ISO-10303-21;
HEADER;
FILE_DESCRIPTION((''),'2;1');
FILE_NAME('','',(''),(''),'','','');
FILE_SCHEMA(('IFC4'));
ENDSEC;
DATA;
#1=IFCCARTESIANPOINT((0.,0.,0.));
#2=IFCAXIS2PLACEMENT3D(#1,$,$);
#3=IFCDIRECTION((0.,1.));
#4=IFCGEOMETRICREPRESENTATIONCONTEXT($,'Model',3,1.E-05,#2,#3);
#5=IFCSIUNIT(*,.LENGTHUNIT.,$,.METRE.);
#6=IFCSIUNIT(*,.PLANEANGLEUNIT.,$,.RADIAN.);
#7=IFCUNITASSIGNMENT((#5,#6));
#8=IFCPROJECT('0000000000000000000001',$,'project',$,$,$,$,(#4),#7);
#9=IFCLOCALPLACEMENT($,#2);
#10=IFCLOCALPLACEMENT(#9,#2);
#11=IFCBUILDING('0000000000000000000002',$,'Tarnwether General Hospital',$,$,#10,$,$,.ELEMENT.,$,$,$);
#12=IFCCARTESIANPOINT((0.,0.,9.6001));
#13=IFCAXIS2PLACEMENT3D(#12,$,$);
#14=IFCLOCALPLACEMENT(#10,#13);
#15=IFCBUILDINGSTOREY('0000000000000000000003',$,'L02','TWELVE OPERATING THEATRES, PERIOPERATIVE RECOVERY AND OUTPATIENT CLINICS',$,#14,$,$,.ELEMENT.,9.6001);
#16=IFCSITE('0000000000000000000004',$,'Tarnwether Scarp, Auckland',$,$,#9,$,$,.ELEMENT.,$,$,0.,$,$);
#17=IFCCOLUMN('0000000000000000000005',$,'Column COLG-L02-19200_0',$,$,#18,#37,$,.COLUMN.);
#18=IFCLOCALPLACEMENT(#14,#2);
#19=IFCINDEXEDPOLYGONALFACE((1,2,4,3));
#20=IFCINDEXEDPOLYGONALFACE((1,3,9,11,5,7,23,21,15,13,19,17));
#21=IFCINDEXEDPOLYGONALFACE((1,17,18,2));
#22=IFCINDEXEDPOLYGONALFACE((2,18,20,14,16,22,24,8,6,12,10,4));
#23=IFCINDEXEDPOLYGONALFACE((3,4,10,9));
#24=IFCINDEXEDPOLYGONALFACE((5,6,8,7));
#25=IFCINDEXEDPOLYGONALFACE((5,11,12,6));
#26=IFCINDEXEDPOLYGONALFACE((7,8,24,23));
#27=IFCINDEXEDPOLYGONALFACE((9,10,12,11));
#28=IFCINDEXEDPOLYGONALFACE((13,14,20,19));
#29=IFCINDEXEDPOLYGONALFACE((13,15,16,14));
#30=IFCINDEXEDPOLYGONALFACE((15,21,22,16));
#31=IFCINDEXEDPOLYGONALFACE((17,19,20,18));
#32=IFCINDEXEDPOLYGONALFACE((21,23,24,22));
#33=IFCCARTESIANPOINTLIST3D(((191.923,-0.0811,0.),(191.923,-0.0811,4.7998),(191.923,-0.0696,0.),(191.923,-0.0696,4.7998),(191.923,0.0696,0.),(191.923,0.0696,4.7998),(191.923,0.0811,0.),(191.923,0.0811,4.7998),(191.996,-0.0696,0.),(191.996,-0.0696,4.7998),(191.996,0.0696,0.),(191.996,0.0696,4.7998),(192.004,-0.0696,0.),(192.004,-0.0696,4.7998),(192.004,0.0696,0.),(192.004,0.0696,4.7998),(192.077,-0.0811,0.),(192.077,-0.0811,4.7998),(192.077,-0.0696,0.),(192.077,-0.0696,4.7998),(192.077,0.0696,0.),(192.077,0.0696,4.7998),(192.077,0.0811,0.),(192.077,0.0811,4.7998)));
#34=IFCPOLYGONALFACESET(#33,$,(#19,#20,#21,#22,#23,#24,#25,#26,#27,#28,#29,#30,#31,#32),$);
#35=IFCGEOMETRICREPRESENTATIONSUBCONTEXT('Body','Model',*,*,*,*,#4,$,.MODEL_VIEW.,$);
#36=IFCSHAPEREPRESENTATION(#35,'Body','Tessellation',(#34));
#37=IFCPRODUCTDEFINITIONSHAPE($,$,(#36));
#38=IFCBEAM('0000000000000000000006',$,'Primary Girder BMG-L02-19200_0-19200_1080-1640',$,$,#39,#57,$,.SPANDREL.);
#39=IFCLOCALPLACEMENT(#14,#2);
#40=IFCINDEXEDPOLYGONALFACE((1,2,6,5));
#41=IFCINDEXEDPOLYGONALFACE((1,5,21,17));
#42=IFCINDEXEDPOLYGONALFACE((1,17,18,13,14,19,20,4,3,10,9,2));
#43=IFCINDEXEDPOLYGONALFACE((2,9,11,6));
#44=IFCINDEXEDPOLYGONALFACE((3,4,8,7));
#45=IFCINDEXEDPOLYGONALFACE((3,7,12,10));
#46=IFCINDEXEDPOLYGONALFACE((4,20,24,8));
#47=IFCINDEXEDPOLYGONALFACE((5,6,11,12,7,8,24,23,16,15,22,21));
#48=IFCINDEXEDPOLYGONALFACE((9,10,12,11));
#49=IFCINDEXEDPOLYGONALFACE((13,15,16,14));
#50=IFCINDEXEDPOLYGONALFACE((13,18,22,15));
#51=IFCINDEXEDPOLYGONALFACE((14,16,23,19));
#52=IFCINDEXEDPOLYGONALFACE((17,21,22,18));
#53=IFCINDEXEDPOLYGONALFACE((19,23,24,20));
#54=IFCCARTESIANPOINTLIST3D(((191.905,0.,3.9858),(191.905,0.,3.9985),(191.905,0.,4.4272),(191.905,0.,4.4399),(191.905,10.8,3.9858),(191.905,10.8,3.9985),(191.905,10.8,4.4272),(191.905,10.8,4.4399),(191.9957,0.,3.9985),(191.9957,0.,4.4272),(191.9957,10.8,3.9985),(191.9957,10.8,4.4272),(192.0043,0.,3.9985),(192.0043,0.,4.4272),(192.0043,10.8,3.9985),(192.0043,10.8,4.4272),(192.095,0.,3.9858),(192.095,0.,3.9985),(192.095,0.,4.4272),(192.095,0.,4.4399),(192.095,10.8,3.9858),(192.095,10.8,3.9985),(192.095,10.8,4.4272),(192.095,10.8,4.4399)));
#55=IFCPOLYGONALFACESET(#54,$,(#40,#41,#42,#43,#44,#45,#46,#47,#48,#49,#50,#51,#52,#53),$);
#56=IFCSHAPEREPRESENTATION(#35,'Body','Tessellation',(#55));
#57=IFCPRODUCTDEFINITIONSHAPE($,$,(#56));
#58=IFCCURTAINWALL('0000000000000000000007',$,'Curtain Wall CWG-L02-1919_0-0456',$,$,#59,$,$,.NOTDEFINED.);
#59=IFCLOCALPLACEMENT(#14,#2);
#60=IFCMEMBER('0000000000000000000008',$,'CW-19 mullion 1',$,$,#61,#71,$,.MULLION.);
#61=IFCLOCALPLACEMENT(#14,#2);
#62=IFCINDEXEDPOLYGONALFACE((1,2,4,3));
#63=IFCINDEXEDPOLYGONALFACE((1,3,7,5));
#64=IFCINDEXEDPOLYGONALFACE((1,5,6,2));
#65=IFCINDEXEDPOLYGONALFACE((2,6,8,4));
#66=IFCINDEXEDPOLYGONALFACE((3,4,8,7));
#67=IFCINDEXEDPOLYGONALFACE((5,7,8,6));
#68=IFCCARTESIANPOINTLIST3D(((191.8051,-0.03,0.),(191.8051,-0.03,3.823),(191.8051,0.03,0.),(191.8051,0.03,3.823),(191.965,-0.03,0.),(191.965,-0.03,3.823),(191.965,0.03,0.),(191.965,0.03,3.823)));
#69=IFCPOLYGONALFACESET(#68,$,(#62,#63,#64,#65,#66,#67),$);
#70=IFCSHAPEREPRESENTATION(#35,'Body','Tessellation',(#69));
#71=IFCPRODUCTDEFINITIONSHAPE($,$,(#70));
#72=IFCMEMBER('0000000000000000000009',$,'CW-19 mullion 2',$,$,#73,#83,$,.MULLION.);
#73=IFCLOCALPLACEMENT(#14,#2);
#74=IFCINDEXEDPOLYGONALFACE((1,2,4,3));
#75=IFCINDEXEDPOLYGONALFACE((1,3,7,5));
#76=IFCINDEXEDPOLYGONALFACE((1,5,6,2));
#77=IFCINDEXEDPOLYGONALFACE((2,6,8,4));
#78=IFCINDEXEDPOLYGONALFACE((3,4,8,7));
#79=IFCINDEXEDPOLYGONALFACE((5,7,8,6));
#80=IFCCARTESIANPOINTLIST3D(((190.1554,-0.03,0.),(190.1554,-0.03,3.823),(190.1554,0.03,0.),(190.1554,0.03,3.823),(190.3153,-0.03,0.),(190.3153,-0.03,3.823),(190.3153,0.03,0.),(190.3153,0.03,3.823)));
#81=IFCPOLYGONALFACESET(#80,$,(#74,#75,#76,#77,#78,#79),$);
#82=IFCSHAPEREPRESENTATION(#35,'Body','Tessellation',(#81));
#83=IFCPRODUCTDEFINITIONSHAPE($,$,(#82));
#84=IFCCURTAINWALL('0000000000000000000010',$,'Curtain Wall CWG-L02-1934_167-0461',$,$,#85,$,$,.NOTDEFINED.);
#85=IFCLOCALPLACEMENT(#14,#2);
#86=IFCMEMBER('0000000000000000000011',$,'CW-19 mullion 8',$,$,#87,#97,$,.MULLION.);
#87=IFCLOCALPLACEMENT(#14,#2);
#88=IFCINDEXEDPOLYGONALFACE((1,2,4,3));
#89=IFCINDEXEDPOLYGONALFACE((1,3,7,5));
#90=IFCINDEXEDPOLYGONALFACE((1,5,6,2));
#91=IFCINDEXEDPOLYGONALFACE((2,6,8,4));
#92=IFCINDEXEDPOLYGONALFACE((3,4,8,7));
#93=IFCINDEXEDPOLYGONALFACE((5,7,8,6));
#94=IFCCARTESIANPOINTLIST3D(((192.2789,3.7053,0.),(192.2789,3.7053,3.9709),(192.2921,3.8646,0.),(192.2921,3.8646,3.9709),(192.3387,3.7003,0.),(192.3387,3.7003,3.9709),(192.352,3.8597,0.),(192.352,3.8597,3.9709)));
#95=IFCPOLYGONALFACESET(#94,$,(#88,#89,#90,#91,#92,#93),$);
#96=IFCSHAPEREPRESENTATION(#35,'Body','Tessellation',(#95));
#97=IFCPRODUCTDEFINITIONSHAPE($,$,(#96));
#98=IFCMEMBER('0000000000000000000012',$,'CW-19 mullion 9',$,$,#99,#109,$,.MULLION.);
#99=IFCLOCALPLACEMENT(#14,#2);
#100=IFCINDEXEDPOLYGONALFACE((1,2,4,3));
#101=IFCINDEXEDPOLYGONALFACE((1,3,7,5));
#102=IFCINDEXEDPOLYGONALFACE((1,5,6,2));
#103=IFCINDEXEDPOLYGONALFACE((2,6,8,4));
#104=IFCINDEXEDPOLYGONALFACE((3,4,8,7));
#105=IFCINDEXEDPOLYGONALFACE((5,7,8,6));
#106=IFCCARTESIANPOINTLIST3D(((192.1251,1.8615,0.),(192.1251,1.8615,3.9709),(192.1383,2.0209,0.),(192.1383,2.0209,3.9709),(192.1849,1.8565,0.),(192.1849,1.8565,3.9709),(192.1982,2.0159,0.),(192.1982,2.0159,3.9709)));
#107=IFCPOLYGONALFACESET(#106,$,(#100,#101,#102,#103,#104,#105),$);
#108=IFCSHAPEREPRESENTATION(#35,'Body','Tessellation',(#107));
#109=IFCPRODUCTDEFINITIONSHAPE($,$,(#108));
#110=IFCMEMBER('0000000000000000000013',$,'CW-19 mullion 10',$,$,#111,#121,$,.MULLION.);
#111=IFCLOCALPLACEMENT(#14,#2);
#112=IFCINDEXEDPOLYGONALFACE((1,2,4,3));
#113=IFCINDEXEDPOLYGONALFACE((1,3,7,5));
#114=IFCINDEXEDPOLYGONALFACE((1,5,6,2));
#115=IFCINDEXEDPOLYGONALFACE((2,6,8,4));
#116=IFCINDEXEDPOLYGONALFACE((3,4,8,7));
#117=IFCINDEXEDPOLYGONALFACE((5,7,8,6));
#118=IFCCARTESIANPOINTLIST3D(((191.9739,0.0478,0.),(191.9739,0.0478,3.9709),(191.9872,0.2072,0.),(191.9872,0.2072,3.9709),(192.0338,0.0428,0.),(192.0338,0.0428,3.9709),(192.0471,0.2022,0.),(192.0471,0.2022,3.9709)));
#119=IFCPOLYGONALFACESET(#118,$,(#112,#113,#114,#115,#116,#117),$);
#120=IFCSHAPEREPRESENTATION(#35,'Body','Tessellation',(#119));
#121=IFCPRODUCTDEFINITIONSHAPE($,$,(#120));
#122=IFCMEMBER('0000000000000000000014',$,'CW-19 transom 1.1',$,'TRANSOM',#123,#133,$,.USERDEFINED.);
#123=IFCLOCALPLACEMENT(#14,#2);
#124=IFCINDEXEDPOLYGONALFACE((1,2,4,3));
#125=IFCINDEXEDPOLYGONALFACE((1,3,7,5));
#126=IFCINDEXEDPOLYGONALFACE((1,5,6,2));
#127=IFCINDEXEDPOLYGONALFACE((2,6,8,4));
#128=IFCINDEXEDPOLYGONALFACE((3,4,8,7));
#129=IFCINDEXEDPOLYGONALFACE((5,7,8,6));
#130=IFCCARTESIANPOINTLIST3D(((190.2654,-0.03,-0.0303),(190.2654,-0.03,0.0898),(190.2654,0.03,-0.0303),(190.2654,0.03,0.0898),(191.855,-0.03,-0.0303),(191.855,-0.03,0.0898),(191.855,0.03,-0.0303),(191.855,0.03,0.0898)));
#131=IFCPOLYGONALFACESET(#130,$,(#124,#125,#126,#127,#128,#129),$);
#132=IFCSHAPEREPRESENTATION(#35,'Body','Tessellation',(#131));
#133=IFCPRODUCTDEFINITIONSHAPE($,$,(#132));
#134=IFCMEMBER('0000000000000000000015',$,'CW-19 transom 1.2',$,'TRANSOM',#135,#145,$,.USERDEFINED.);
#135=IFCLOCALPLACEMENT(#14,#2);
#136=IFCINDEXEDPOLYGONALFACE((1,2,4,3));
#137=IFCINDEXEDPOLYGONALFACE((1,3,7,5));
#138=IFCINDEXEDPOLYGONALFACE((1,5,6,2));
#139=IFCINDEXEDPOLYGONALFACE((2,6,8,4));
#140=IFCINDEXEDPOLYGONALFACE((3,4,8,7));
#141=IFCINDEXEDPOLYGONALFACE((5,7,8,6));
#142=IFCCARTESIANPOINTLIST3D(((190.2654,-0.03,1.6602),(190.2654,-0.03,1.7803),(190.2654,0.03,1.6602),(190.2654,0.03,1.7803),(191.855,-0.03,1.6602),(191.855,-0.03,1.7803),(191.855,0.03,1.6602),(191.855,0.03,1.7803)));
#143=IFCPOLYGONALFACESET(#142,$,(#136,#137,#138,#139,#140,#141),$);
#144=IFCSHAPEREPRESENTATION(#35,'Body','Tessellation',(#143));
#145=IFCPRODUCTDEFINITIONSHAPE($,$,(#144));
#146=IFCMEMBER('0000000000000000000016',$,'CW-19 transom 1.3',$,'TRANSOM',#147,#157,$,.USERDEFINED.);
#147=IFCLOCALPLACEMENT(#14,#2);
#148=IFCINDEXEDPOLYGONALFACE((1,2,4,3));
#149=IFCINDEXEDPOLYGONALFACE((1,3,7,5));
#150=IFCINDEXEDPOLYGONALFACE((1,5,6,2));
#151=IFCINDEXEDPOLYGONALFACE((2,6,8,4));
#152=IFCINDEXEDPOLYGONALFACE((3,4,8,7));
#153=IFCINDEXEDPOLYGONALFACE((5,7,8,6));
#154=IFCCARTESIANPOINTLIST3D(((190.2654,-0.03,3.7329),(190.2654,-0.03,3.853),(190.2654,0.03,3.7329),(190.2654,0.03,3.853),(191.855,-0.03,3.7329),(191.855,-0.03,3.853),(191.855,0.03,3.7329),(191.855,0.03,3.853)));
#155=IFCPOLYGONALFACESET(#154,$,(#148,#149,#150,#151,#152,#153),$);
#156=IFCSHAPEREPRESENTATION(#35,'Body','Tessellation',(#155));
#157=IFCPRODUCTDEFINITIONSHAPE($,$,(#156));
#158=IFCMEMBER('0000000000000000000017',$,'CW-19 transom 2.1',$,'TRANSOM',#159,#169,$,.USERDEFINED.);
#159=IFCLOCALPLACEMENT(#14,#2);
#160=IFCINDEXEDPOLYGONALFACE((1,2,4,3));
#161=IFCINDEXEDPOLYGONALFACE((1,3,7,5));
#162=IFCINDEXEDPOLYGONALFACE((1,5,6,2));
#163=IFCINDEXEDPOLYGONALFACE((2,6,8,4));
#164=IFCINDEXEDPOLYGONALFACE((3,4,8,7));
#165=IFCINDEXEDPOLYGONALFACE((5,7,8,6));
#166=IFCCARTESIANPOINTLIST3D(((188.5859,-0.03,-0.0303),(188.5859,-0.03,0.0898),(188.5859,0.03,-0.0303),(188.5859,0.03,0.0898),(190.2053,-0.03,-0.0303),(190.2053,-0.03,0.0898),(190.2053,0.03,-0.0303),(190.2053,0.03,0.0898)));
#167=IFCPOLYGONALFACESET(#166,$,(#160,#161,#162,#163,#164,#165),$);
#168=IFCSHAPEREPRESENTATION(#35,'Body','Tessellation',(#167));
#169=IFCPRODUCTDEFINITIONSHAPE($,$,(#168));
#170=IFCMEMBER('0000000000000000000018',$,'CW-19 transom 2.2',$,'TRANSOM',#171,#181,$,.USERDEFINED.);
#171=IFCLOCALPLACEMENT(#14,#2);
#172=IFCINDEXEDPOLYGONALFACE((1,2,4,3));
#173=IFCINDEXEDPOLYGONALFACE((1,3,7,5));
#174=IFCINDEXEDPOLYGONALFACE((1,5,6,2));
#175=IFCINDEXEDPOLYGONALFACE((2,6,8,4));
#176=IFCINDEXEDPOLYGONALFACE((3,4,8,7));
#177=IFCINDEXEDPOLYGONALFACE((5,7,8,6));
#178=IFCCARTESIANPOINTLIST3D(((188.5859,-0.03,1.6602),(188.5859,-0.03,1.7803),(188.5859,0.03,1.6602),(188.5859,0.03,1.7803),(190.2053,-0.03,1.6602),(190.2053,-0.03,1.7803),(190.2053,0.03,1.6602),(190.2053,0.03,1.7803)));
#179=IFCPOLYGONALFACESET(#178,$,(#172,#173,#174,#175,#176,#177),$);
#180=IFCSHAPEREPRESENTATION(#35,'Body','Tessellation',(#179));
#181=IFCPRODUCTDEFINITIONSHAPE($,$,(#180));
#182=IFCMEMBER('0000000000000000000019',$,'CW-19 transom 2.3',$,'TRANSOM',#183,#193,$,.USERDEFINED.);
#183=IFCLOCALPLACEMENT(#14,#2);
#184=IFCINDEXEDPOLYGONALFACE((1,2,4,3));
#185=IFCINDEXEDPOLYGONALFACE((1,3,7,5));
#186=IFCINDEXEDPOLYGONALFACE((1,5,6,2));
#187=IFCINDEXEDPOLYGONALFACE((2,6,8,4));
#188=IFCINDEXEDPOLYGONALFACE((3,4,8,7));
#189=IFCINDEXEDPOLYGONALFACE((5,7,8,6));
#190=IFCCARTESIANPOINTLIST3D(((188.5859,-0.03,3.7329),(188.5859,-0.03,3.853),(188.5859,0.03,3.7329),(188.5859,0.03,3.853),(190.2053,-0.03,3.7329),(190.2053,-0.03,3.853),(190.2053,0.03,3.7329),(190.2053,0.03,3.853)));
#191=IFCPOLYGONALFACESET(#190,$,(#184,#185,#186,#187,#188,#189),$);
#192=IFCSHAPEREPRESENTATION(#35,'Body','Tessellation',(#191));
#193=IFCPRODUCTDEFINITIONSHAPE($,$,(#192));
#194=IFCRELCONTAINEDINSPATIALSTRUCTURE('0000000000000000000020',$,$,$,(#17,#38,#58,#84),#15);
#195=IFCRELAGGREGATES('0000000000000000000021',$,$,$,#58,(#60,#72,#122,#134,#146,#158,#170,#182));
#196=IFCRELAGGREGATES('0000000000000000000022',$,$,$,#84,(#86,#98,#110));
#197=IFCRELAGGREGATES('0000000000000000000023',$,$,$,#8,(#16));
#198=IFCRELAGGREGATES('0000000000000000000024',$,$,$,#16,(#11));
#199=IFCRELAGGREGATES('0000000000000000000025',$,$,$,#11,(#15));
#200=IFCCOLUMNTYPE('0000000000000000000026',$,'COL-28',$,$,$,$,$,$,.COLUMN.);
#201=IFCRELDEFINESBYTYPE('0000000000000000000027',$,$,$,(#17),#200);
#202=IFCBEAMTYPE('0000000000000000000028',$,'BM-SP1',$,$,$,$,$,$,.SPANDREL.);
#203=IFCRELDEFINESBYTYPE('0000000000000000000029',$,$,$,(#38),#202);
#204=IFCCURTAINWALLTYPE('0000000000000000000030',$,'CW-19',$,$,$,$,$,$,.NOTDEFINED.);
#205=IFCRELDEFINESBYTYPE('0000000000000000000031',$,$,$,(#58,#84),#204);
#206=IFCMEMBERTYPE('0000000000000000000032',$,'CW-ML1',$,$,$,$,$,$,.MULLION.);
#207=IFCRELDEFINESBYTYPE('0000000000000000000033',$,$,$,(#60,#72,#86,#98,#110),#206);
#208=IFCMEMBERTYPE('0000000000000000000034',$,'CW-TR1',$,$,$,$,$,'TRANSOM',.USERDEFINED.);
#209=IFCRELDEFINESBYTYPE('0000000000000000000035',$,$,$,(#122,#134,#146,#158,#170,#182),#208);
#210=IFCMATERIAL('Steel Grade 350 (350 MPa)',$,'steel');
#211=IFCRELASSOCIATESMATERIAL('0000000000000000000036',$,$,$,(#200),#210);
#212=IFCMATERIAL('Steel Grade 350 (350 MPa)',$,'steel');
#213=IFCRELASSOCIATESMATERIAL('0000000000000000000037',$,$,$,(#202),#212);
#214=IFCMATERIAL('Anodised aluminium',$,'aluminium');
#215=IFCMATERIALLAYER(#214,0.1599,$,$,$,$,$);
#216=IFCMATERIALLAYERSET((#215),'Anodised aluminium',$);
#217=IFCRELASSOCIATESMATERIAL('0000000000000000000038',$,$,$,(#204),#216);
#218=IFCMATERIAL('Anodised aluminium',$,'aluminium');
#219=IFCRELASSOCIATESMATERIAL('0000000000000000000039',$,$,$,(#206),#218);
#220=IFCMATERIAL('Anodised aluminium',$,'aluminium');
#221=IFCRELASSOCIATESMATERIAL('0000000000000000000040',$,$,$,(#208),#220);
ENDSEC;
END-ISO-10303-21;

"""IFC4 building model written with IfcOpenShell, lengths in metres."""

from ifc_helpers import new_model, si_unit, direction, frame, origin, origin_2d, place, context, subcontext, project, spatial, rectangle, i_section, extrude, material, layer, layer_set, material_profile, profile_set, type_object, element, aggregate, save


model = new_model("IFC4")

# Units and contexts
model_context = context("Model", 3, precision=1e-05, world=origin(), true_north=direction((0.0, 1.0)))
body_context = subcontext(model_context, "Body", "Model", "MODEL_VIEW")
ifc_project = project(units=[si_unit("LENGTHUNIT", "METRE"), si_unit("PLANEANGLEUNIT", "RADIAN")], contexts=[model_context])

# Site, building, storey
site_placement = place(None, origin())
site = spatial("IfcSite", under=ifc_project, at=site_placement, Name="Tarnwether Scarp, Auckland", CompositionType="ELEMENT", RefElevation=0.0)
building_placement = place(site_placement, origin())
building = spatial("IfcBuilding", under=site, at=building_placement, Name="Tarnwether General Hospital", CompositionType="ELEMENT")
storey_placement = place(building_placement, frame((0.0, 0.0, 9.6001)))
storey = spatial("IfcBuildingStorey", under=building, at=storey_placement, Name="L02", Description="TWELVE OPERATING THEATRES, PERIOPERATIVE RECOVERY AND OUTPATIENT CLINICS", CompositionType="ELEMENT", Elevation=9.6001)

# Column
ifc_material_1 = material(Name="Steel Grade 350 (350 MPa)", Category="steel")
ifc_material_profile_1 = material_profile(ifc_material_1, i_section(OverallWidth=0.1541, OverallDepth=0.1621, WebThickness=0.0081, FlangeThickness=0.0115, at=origin_2d()), Name="150UC37.2")
ifc_profile_set_1 = profile_set([ifc_material_profile_1], Name="Steel Grade 350 (350 MPa)")
column_type = type_object("IfcColumnType", Name="COL-28", PredefinedType="COLUMN", material=ifc_profile_set_1)
column_placement = place(storey_placement, frame((192.0, 0.0, 0.0), z_axis=(0.0, 0.0, 1.0), x_axis=(1.0, 0.0, 0.0)))
element("IfcColumn", 1, at=column_placement, inside=storey, type_object=column_type, Name="Column COLG-L02-19200_0", PredefinedType="COLUMN", context=body_context, shape_type="SweptSolid", body=[
    extrude(i_section(OverallWidth=0.1541, OverallDepth=0.1621, WebThickness=0.0081, FlangeThickness=0.0115, at=origin_2d()), origin(), (0.0, 0.0, 1.0), 4.7998),
])

# Beam
ifc_material_2 = material(Name="Steel Grade 350 (350 MPa)", Category="steel")
ifc_material_profile_2 = material_profile(ifc_material_2, i_section(OverallWidth=0.1899, OverallDepth=0.4541, WebThickness=0.0085, FlangeThickness=0.0127, at=origin_2d()), Name="460UB67.1")
ifc_profile_set_2 = profile_set([ifc_material_profile_2], Name="Steel Grade 350 (350 MPa)")
beam_type = type_object("IfcBeamType", Name="BM-SP1", PredefinedType="SPANDREL", material=ifc_profile_set_2)
beam_placement = place(storey_placement, frame((192.0, 0.0, 4.2129), z_axis=(0.0, 1.0, 0.0), x_axis=(-1.0, 0.0, 0.0)))
element("IfcBeam", 2, at=beam_placement, inside=storey, type_object=beam_type, Name="Primary Girder BMG-L02-19200_0-19200_1080-1640", PredefinedType="SPANDREL", context=body_context, shape_type="SweptSolid", body=[
    extrude(i_section(OverallWidth=0.1899, OverallDepth=0.4541, WebThickness=0.0085, FlangeThickness=0.0127, at=origin_2d()), origin(), (0.0, 0.0, 1.0), 10.8),
])

# Curtain walls, members
ifc_material_3 = material(Name="Anodised aluminium", Category="aluminium")
ifc_layer_1 = layer(ifc_material_3, 0.1599)
ifc_layer_set_1 = layer_set([ifc_layer_1], Name="Anodised aluminium")
curtain_wall_type = type_object("IfcCurtainWallType", Name="CW-19", PredefinedType="NOTDEFINED", material=ifc_layer_set_1)
curtain_wall_1_placement = place(storey_placement, origin())
curtain_wall_1 = element("IfcCurtainWall", 3, at=curtain_wall_1_placement, inside=storey, type_object=curtain_wall_type, Name="Curtain Wall CWG-L02-1919_0-0456", PredefinedType="NOTDEFINED")
ifc_material_4 = material(Name="Anodised aluminium", Category="aluminium")
ifc_material_profile_3 = material_profile(ifc_material_4, rectangle(XDim=0.0601, YDim=0.1599, at=origin_2d()), Name="ALU-MUL-60x160")
ifc_profile_set_3 = profile_set([ifc_material_profile_3], Name="Anodised aluminium")
member_type_1 = type_object("IfcMemberType", Name="CW-ML1", PredefinedType="MULLION", material=ifc_profile_set_3)
member_1_placement = place(storey_placement, frame((191.885, 0.0, 0.0), z_axis=(0.0, 0.0, 1.0), x_axis=(0.0, -1.0, 0.0)))
member_1 = element("IfcMember", 4, at=member_1_placement, type_object=member_type_1, Name="CW-19 mullion 1", PredefinedType="MULLION", context=body_context, shape_type="SweptSolid", body=[
    extrude(rectangle(XDim=0.0601, YDim=0.1599, at=origin_2d()), origin(), (0.0, 0.0, 1.0), 3.823),
])
member_2_placement = place(storey_placement, frame((190.2354, 0.0, 0.0), z_axis=(0.0, 0.0, 1.0), x_axis=(0.0, -1.0, 0.0)))
member_2 = element("IfcMember", 5, at=member_2_placement, type_object=member_type_1, Name="CW-19 mullion 2", PredefinedType="MULLION", context=body_context, shape_type="SweptSolid", body=[
    extrude(rectangle(XDim=0.0601, YDim=0.1599, at=origin_2d()), origin(), (0.0, 0.0, 1.0), 3.823),
])
curtain_wall_2_placement = place(storey_placement, origin())
curtain_wall_2 = element("IfcCurtainWall", 6, at=curtain_wall_2_placement, inside=storey, type_object=curtain_wall_type, Name="Curtain Wall CWG-L02-1934_167-0461", PredefinedType="NOTDEFINED")
member_3_placement = place(storey_placement, frame((192.3154, 3.7825, 0.0), z_axis=(0.0, 0.0, 1.0), x_axis=(0.996545, -0.083055, 0.0)))
member_3 = element("IfcMember", 7, at=member_3_placement, type_object=member_type_1, Name="CW-19 mullion 8", PredefinedType="MULLION", context=body_context, shape_type="SweptSolid", body=[
    extrude(rectangle(XDim=0.0601, YDim=0.1599, at=origin_2d()), origin(), (0.0, 0.0, 1.0), 3.9709),
])
member_4_placement = place(storey_placement, frame((192.1616, 1.9387, 0.0), z_axis=(0.0, 0.0, 1.0), x_axis=(0.996545, -0.083055, 0.0)))
member_4 = element("IfcMember", 8, at=member_4_placement, type_object=member_type_1, Name="CW-19 mullion 9", PredefinedType="MULLION", context=body_context, shape_type="SweptSolid", body=[
    extrude(rectangle(XDim=0.0601, YDim=0.1599, at=origin_2d()), origin(), (0.0, 0.0, 1.0), 3.9709),
])
member_5_placement = place(storey_placement, frame((192.0105, 0.125, 0.0), z_axis=(0.0, 0.0, 1.0), x_axis=(0.996545, -0.083055, 0.0)))
member_5 = element("IfcMember", 9, at=member_5_placement, type_object=member_type_1, Name="CW-19 mullion 10", PredefinedType="MULLION", context=body_context, shape_type="SweptSolid", body=[
    extrude(rectangle(XDim=0.0601, YDim=0.1599, at=origin_2d()), origin(), (0.0, 0.0, 1.0), 3.9709),
])

# Members
ifc_material_5 = material(Name="Anodised aluminium", Category="aluminium")
ifc_material_profile_4 = material_profile(ifc_material_5, rectangle(XDim=0.0601, YDim=0.1201, at=origin_2d()), Name="ALU-TRN-60x120")
ifc_profile_set_4 = profile_set([ifc_material_profile_4], Name="Anodised aluminium")
member_type_2 = type_object("IfcMemberType", Name="CW-TR1", ElementType="TRANSOM", PredefinedType="USERDEFINED", material=ifc_profile_set_4)
member_6_placement = place(storey_placement, frame((191.855, 0.0, 0.0298), z_axis=(-1.0, 0.0, 0.0), x_axis=(0.0, -1.0, 0.0)))
member_6 = element("IfcMember", 10, at=member_6_placement, type_object=member_type_2, Name="CW-19 transom 1.1", ObjectType="TRANSOM", PredefinedType="USERDEFINED", context=body_context, shape_type="SweptSolid", body=[
    extrude(rectangle(XDim=0.0601, YDim=0.1201, at=origin_2d()), origin(), (0.0, 0.0, 1.0), 1.5896),
])
member_7_placement = place(storey_placement, frame((191.855, 0.0, 1.7202), z_axis=(-1.0, 0.0, 0.0), x_axis=(0.0, -1.0, 0.0)))
member_7 = element("IfcMember", 11, at=member_7_placement, type_object=member_type_2, Name="CW-19 transom 1.2", ObjectType="TRANSOM", PredefinedType="USERDEFINED", context=body_context, shape_type="SweptSolid", body=[
    extrude(rectangle(XDim=0.0601, YDim=0.1201, at=origin_2d()), origin(), (0.0, 0.0, 1.0), 1.5896),
])
member_8_placement = place(storey_placement, frame((191.855, 0.0, 3.793), z_axis=(-1.0, 0.0, 0.0), x_axis=(0.0, -1.0, 0.0)))
member_8 = element("IfcMember", 12, at=member_8_placement, type_object=member_type_2, Name="CW-19 transom 1.3", ObjectType="TRANSOM", PredefinedType="USERDEFINED", context=body_context, shape_type="SweptSolid", body=[
    extrude(rectangle(XDim=0.0601, YDim=0.1201, at=origin_2d()), origin(), (0.0, 0.0, 1.0), 1.5896),
])
member_9_placement = place(storey_placement, frame((190.2053, 0.0, 0.0298), z_axis=(-1.0, 0.0, 0.0), x_axis=(0.0, -1.0, 0.0)))
member_9 = element("IfcMember", 13, at=member_9_placement, type_object=member_type_2, Name="CW-19 transom 2.1", ObjectType="TRANSOM", PredefinedType="USERDEFINED", context=body_context, shape_type="SweptSolid", body=[
    extrude(rectangle(XDim=0.0601, YDim=0.1201, at=origin_2d()), origin(), (0.0, 0.0, 1.0), 1.6194),
])
member_10_placement = place(storey_placement, frame((190.2053, 0.0, 1.7202), z_axis=(-1.0, 0.0, 0.0), x_axis=(0.0, -1.0, 0.0)))
member_10 = element("IfcMember", 14, at=member_10_placement, type_object=member_type_2, Name="CW-19 transom 2.2", ObjectType="TRANSOM", PredefinedType="USERDEFINED", context=body_context, shape_type="SweptSolid", body=[
    extrude(rectangle(XDim=0.0601, YDim=0.1201, at=origin_2d()), origin(), (0.0, 0.0, 1.0), 1.6194),
])
member_11_placement = place(storey_placement, frame((190.2053, 0.0, 3.793), z_axis=(-1.0, 0.0, 0.0), x_axis=(0.0, -1.0, 0.0)))
member_11 = element("IfcMember", 15, at=member_11_placement, type_object=member_type_2, Name="CW-19 transom 2.3", ObjectType="TRANSOM", PredefinedType="USERDEFINED", context=body_context, shape_type="SweptSolid", body=[
    extrude(rectangle(XDim=0.0601, YDim=0.1201, at=origin_2d()), origin(), (0.0, 0.0, 1.0), 1.6194),
])

aggregate(curtain_wall_1, [member_1, member_2, member_6, member_7, member_8, member_9, member_10, member_11])
aggregate(curtain_wall_2, [member_3, member_4, member_5])

save(model, "model.ifc")
